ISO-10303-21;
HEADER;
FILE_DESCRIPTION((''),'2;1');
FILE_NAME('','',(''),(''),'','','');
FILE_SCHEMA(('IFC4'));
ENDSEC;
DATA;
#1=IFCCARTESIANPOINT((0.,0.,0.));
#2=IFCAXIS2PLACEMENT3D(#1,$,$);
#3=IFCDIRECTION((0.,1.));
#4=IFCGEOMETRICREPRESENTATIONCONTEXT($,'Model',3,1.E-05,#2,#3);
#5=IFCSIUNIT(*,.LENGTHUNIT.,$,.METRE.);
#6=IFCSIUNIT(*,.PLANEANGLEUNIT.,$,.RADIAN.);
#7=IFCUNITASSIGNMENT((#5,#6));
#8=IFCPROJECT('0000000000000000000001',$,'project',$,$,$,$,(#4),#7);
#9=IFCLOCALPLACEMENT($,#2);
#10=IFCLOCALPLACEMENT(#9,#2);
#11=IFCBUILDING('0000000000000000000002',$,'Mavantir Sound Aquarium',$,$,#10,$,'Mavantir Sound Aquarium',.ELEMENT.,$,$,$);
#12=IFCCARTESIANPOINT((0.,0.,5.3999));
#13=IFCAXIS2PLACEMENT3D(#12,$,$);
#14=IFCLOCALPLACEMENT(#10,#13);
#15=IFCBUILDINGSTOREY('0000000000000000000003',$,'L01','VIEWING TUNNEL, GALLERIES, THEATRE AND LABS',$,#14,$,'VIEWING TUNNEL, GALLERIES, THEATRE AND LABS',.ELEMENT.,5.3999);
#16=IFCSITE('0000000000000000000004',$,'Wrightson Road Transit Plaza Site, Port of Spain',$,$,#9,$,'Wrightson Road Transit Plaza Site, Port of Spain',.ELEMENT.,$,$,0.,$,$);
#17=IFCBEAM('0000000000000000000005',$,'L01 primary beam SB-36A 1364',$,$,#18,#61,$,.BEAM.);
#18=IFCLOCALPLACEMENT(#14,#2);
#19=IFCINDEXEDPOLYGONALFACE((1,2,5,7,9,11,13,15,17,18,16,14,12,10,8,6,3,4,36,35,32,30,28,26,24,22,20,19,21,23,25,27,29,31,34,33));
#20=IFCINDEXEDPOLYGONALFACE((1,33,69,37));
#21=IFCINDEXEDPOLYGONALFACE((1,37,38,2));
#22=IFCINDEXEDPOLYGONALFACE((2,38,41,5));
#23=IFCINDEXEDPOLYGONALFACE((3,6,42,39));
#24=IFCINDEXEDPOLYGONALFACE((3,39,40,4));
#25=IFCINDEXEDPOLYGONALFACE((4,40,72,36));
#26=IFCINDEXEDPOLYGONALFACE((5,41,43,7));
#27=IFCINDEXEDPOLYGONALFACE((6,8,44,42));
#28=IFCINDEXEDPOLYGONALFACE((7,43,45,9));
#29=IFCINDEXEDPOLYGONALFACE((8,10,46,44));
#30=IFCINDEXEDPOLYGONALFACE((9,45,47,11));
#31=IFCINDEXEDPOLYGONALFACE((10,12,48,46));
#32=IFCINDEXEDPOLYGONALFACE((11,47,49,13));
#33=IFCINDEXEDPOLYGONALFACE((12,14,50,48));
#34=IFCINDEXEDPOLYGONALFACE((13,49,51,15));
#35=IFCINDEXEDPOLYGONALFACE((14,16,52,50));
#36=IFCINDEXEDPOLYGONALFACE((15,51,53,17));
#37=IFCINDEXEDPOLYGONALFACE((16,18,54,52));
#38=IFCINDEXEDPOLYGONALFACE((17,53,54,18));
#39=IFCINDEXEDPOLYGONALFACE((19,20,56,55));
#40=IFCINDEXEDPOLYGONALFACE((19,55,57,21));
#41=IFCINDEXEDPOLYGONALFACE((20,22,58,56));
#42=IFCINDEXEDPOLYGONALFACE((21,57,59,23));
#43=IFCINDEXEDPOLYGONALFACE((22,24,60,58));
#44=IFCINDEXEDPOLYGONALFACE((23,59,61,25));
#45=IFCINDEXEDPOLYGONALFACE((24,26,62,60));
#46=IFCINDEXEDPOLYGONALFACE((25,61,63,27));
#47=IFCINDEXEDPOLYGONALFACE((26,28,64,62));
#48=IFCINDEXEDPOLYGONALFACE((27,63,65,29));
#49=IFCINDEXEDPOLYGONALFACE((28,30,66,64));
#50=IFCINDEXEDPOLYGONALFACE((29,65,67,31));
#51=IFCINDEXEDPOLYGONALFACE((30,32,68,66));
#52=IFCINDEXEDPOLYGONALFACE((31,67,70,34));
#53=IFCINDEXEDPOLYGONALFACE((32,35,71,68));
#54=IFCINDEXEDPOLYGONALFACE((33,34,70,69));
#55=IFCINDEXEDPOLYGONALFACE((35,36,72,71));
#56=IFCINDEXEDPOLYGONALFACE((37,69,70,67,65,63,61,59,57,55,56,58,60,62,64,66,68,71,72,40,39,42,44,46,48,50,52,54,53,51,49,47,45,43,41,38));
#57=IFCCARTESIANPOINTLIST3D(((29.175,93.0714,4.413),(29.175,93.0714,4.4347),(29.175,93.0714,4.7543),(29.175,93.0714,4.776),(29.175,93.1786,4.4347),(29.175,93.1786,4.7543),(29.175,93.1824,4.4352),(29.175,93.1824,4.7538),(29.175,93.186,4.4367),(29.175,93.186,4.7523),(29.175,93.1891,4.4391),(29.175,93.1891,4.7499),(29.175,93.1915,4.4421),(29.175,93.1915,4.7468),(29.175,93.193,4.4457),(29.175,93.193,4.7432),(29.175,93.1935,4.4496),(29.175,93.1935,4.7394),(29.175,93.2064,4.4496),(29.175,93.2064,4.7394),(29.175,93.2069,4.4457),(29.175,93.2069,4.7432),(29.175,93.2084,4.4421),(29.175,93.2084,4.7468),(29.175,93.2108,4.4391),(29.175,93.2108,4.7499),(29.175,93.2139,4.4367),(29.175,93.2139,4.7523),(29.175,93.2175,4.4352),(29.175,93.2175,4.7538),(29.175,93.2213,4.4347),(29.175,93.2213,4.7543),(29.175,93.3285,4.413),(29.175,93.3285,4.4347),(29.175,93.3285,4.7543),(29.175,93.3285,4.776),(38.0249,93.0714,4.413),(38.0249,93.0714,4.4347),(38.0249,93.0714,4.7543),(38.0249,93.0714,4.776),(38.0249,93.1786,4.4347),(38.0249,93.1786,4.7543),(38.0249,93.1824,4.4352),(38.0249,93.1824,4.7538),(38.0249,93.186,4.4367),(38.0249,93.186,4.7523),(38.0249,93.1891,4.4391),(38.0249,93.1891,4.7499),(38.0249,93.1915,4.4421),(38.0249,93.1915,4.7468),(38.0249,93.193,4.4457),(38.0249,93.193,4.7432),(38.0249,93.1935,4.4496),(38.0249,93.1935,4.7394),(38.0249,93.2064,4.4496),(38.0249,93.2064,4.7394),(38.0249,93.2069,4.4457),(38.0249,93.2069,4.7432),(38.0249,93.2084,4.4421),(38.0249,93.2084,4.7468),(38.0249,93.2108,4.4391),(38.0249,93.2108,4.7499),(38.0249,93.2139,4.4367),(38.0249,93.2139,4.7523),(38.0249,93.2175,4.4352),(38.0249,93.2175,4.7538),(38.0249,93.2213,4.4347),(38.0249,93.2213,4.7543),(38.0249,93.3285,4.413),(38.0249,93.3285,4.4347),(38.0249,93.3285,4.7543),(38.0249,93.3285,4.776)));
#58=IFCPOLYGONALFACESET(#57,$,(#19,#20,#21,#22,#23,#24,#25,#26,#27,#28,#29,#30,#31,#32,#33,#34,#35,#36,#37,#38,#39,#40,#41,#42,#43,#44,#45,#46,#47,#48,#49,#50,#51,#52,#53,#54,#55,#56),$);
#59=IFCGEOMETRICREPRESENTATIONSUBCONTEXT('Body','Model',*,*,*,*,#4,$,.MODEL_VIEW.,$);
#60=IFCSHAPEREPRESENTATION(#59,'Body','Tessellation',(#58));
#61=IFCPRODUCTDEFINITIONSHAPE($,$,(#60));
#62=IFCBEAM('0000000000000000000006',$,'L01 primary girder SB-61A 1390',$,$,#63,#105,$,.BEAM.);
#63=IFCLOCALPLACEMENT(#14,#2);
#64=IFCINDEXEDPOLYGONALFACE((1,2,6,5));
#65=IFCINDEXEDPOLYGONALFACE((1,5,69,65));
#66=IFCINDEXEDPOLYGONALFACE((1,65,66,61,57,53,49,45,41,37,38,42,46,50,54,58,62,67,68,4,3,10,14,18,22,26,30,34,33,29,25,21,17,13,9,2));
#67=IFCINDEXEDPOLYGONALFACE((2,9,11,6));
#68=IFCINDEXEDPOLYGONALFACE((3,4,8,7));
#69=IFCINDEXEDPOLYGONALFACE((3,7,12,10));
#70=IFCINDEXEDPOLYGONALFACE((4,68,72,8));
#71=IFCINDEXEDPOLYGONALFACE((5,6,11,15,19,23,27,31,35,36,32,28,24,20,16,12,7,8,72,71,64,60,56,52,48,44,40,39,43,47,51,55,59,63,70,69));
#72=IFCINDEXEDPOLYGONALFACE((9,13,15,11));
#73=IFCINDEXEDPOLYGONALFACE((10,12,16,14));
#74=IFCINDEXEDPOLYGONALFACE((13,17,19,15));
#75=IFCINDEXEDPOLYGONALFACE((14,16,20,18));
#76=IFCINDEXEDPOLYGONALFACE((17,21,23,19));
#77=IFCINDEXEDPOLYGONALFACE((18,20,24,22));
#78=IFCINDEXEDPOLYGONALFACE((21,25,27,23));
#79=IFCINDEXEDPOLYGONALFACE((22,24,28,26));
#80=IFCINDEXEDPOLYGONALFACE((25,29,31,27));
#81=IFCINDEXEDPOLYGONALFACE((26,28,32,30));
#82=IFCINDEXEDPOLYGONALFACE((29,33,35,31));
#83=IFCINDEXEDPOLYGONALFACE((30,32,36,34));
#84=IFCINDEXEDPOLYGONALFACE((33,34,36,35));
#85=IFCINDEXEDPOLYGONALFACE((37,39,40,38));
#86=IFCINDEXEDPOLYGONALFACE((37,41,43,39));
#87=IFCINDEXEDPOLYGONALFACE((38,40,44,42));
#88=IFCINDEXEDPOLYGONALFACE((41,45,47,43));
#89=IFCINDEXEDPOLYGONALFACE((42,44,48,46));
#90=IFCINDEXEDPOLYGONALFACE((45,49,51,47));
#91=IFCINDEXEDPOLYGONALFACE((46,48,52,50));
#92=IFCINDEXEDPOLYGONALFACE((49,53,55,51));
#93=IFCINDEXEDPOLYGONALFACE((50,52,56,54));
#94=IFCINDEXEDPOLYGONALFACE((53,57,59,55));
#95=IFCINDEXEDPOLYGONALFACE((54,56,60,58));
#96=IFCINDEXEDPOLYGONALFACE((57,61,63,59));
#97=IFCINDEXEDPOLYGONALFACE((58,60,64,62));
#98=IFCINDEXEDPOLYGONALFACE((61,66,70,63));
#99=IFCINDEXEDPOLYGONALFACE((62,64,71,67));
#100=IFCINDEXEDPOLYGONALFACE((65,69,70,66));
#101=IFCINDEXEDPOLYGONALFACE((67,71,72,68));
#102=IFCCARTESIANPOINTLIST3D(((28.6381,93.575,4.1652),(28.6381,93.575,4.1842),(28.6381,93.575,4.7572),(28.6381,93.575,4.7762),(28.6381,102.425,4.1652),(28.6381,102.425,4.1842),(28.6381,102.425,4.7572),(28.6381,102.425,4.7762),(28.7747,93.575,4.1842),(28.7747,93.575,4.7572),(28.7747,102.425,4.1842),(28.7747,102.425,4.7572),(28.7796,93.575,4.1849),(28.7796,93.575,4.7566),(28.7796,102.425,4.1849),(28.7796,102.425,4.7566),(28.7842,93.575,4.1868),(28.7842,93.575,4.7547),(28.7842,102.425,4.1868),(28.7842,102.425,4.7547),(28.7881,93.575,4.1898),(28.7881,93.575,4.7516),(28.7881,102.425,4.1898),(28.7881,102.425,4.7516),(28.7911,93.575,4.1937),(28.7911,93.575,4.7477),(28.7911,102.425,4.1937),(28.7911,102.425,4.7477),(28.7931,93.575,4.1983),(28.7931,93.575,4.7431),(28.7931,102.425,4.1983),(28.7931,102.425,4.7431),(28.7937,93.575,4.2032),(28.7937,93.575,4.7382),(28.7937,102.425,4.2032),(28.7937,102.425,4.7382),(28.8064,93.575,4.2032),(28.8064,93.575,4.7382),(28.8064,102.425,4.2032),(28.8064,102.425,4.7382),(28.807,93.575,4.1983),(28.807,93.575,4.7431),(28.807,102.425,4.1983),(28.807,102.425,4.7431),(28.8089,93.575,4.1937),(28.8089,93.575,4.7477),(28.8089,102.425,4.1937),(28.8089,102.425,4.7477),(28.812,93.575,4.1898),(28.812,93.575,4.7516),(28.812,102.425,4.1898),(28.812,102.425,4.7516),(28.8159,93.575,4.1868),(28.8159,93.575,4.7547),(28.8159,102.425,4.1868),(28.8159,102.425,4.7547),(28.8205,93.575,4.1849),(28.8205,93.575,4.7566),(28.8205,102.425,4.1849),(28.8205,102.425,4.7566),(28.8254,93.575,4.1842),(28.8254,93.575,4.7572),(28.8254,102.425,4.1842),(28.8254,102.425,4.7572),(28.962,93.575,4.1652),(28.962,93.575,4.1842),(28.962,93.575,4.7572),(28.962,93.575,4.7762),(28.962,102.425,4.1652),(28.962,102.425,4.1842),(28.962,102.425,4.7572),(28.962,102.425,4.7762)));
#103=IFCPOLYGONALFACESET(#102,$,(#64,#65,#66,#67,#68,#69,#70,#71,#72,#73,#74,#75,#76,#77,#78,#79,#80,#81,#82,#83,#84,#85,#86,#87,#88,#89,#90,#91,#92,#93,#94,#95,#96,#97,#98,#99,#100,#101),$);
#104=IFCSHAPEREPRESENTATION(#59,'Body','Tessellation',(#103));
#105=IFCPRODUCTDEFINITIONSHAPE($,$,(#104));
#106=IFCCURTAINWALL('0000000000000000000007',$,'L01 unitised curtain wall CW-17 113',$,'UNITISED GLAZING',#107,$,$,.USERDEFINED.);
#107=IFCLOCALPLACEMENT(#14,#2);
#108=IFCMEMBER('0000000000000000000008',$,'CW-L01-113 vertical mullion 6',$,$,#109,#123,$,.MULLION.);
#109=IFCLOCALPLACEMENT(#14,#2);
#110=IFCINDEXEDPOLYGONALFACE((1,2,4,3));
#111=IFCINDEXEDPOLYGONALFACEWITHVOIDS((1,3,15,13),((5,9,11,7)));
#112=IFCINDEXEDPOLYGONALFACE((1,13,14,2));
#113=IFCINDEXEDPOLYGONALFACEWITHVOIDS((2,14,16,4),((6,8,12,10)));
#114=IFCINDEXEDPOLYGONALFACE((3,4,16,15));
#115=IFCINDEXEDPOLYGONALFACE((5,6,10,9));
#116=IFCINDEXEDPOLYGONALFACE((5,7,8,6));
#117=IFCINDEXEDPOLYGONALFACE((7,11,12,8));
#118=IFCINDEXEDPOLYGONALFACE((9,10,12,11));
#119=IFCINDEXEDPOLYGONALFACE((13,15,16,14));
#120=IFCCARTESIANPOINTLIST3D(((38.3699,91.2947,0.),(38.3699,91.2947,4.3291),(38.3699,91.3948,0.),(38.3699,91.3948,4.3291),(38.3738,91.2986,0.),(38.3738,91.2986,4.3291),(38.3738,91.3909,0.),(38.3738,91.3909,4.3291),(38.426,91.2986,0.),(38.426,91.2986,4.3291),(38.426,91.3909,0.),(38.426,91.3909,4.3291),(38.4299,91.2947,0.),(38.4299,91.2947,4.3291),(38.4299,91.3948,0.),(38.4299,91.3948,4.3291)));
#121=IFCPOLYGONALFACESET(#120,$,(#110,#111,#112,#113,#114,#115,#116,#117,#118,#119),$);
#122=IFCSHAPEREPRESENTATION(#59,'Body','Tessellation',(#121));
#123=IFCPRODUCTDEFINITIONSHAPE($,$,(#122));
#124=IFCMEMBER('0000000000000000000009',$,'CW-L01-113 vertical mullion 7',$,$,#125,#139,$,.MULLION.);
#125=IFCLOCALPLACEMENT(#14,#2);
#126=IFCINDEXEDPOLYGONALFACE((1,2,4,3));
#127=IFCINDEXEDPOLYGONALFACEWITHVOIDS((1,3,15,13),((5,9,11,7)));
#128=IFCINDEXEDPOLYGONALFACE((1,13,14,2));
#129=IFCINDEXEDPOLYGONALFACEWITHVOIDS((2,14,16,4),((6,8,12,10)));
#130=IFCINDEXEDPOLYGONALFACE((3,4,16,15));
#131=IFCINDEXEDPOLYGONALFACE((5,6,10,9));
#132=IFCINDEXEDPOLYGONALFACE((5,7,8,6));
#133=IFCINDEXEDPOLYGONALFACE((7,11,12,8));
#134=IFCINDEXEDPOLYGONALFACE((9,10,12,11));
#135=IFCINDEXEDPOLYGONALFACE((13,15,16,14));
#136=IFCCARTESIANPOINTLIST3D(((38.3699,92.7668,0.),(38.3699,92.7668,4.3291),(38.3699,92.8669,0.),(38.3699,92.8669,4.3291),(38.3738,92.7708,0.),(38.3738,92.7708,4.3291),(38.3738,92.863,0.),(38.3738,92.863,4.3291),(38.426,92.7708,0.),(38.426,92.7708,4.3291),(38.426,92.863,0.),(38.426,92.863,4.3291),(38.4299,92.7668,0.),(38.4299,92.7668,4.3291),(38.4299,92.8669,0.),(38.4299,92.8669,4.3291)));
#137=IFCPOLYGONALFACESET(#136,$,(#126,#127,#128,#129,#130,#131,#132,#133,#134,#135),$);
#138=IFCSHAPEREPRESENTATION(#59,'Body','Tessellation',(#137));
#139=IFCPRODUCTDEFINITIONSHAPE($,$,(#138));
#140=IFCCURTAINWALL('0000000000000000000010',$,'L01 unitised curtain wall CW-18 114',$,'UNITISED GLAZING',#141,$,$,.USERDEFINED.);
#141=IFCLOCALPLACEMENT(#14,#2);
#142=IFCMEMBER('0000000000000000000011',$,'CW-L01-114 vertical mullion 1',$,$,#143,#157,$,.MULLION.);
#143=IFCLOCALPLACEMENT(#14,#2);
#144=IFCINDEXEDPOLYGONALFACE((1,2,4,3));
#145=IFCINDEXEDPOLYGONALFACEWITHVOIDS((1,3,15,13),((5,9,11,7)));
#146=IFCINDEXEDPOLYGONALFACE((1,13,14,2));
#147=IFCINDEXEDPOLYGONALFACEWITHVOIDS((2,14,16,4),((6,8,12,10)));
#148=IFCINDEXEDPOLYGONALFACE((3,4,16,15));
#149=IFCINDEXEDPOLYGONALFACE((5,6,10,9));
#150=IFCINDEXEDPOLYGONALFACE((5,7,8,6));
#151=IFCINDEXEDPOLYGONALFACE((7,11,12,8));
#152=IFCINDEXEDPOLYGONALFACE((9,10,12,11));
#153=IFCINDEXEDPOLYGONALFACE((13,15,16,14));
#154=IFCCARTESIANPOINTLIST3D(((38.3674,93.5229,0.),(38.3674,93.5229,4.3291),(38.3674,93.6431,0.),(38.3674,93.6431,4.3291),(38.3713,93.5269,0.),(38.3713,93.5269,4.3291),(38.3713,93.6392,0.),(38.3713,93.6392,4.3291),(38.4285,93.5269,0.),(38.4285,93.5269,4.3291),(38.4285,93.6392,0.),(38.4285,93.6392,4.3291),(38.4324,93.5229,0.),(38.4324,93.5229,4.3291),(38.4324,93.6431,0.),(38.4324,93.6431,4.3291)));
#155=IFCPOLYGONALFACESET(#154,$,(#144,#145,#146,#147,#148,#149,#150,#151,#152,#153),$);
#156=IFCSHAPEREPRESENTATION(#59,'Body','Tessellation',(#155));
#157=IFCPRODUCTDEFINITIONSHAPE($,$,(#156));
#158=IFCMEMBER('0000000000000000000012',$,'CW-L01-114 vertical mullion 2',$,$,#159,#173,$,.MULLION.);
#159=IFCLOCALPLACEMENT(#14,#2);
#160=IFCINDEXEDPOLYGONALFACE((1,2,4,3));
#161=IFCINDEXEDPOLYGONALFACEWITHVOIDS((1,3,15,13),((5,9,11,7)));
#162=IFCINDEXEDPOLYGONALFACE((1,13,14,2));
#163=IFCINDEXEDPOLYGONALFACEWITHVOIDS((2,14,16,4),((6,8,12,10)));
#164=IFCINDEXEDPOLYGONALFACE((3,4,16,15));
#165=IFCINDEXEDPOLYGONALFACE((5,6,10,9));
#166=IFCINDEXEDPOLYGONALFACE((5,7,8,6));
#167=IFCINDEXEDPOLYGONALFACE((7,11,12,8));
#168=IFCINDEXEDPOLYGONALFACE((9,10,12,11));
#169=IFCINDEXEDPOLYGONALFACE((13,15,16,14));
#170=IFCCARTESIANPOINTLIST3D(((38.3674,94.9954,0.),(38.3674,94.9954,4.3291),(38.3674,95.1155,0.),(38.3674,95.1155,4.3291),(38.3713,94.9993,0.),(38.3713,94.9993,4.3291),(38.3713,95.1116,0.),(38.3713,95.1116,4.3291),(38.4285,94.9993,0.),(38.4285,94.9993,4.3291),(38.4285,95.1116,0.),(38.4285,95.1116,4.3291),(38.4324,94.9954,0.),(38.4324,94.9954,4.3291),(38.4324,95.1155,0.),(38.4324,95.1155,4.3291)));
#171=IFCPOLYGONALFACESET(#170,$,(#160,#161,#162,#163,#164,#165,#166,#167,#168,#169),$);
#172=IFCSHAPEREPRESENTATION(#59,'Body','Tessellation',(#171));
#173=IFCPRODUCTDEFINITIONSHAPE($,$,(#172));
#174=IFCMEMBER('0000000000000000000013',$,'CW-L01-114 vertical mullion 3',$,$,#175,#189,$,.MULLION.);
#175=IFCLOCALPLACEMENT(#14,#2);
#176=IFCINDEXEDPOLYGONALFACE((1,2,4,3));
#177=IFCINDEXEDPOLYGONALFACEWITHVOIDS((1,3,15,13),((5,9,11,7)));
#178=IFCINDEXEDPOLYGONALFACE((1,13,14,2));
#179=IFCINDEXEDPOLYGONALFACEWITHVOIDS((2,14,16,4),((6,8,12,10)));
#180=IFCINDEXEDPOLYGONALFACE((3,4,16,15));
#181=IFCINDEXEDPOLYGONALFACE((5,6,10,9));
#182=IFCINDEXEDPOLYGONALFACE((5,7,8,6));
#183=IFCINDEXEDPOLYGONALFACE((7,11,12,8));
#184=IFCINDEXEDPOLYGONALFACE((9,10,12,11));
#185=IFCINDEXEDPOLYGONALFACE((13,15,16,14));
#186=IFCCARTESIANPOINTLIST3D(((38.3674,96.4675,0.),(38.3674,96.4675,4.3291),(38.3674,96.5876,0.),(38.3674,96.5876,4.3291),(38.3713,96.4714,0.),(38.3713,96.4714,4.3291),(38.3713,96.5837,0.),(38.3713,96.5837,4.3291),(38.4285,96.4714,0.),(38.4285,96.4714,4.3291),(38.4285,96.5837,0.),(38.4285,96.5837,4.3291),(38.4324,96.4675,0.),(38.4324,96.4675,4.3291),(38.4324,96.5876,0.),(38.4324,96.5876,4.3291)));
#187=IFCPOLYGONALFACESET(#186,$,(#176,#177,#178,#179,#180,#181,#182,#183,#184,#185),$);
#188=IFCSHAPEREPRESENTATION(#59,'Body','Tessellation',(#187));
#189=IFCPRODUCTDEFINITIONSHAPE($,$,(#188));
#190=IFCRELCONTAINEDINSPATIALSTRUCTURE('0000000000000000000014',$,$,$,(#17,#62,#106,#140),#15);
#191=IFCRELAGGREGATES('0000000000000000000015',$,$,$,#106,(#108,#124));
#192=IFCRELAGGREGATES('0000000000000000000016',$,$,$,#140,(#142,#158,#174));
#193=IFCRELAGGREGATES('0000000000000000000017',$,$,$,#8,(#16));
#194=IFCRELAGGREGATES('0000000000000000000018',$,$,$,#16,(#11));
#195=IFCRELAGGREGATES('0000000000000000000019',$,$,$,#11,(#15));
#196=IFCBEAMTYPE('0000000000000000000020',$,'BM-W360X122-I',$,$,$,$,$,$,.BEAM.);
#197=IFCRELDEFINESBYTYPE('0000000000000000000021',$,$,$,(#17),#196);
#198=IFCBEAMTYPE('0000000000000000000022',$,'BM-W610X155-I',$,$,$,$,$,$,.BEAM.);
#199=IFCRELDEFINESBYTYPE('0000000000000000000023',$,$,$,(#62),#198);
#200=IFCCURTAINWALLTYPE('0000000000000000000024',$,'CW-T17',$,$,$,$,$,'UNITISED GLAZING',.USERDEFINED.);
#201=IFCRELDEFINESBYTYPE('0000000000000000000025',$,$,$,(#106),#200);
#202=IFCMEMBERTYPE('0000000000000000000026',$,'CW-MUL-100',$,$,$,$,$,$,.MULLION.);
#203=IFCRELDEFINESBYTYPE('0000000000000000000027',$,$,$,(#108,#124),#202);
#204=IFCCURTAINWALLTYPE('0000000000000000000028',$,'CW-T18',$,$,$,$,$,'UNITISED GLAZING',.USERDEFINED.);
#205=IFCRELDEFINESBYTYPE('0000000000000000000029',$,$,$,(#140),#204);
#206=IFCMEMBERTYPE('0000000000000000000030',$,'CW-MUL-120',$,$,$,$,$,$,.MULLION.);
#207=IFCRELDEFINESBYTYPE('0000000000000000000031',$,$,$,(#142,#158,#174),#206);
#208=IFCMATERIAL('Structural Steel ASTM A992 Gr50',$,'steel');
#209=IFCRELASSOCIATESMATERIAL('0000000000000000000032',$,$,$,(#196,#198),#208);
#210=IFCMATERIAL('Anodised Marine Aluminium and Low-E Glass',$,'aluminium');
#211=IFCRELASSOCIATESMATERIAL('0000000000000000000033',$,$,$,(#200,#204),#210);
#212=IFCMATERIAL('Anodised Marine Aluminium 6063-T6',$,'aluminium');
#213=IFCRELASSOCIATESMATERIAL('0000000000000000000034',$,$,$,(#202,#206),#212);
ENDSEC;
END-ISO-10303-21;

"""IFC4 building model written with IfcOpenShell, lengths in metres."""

from ifc_helpers import new_model, si_unit, direction, frame, origin, origin_2d, place, context, subcontext, project, spatial, hollow_rectangle, i_section, extrude, material, material_profile, profile_set, type_object, element, aggregate, save


model = new_model("IFC4")

# Units and contexts
model_context = context("Model", 3, precision=1e-05, world=origin(), true_north=direction((0.0, 1.0)))
body_context = subcontext(model_context, "Body", "Model", "MODEL_VIEW")
ifc_project = project(units=[si_unit("LENGTHUNIT", "METRE"), si_unit("PLANEANGLEUNIT", "RADIAN")], contexts=[model_context])

# Site, building, storey
site_placement = place(None, origin())
site = spatial("IfcSite", under=ifc_project, at=site_placement, Name="Wrightson Road Transit Plaza Site, Port of Spain", LongName="Wrightson Road Transit Plaza Site, Port of Spain", CompositionType="ELEMENT", RefElevation=0.0)
building_placement = place(site_placement, origin())
building = spatial("IfcBuilding", under=site, at=building_placement, Name="Mavantir Sound Aquarium", LongName="Mavantir Sound Aquarium", CompositionType="ELEMENT")
storey_placement = place(building_placement, frame((0.0, 0.0, 5.3999)))
storey = spatial("IfcBuildingStorey", under=building, at=storey_placement, Name="L01", Description="VIEWING TUNNEL, GALLERIES, THEATRE AND LABS", LongName="VIEWING TUNNEL, GALLERIES, THEATRE AND LABS", CompositionType="ELEMENT", Elevation=5.3999)

# Beams
ifc_material_1 = material(Name="Structural Steel ASTM A992 Gr50", Category="steel")
ifc_material_profile_1 = material_profile(ifc_material_1, i_section(OverallWidth=0.2571, OverallDepth=0.363, WebThickness=0.0129, FlangeThickness=0.0217, FilletRadius=0.0149, at=origin_2d()), Name="W360X122")
ifc_profile_set_1 = profile_set([ifc_material_profile_1], Name="Structural Steel ASTM A992 Gr50")
beam_type_1 = type_object("IfcBeamType", Name="BM-W360X122-I", PredefinedType="BEAM", material=ifc_profile_set_1)
beam_1_placement = place(storey_placement, frame((29.175, 93.2, 4.5945), z_axis=(1.0, 0.0, 0.0), x_axis=(0.0, 1.0, 0.0)))
element("IfcBeam", 1, at=beam_1_placement, inside=storey, type_object=beam_type_1, Name="L01 primary beam SB-36A 1364", PredefinedType="BEAM", context=body_context, shape_type="SweptSolid", body=[
    extrude(i_section(OverallWidth=0.2571, OverallDepth=0.363, WebThickness=0.0129, FlangeThickness=0.0217, FilletRadius=0.0149, at=origin_2d()), origin(), (0.0, 0.0, 1.0), 8.8499),
])
ifc_material_profile_2 = material_profile(ifc_material_1, i_section(OverallWidth=0.324, OverallDepth=0.6111, WebThickness=0.0127, FlangeThickness=0.019, FilletRadius=0.019, at=origin_2d()), Name="W610X155")
ifc_profile_set_2 = profile_set([ifc_material_profile_2], Name="Structural Steel ASTM A992 Gr50")
beam_type_2 = type_object("IfcBeamType", Name="BM-W610X155-I", PredefinedType="BEAM", material=ifc_profile_set_2)
beam_2_placement = place(storey_placement, frame((28.8, 93.575, 4.4707), z_axis=(0.0, 1.0, 0.0), x_axis=(-1.0, 0.0, 0.0)))
element("IfcBeam", 2, at=beam_2_placement, inside=storey, type_object=beam_type_2, Name="L01 primary girder SB-61A 1390", PredefinedType="BEAM", context=body_context, shape_type="SweptSolid", body=[
    extrude(i_section(OverallWidth=0.324, OverallDepth=0.6111, WebThickness=0.0127, FlangeThickness=0.019, FilletRadius=0.019, at=origin_2d()), origin(), (0.0, 0.0, 1.0), 8.8501),
])

# Curtain walls, members
ifc_material_2 = material(Name="Anodised Marine Aluminium and Low-E Glass", Category="aluminium")
curtain_wall_type_1 = type_object("IfcCurtainWallType", Name="CW-T17", ElementType="UNITISED GLAZING", PredefinedType="USERDEFINED", material=ifc_material_2)
curtain_wall_1_placement = place(storey_placement, origin())
curtain_wall_1 = element("IfcCurtainWall", 3, at=curtain_wall_1_placement, inside=storey, type_object=curtain_wall_type_1, Name="L01 unitised curtain wall CW-17 113", ObjectType="UNITISED GLAZING", PredefinedType="USERDEFINED")
ifc_material_3 = material(Name="Anodised Marine Aluminium 6063-T6", Category="aluminium")
ifc_material_profile_3 = material_profile(ifc_material_3, hollow_rectangle(XDim=0.0601, YDim=0.1001, WallThickness=0.0039, at=origin_2d()), Name="ALU-MULLION-100X60")
ifc_profile_set_3 = profile_set([ifc_material_profile_3], Name="Anodised Marine Aluminium 6063-T6")
member_type_1 = type_object("IfcMemberType", Name="CW-MUL-100", PredefinedType="MULLION", material=ifc_profile_set_3)
member_1_placement = place(storey_placement, frame((38.3999, 91.3447, 0.0), z_axis=(0.0, 0.0, 1.0), x_axis=(1.0, 0.0, 0.0)))
member_1 = element("IfcMember", 4, at=member_1_placement, type_object=member_type_1, Name="CW-L01-113 vertical mullion 6", PredefinedType="MULLION", context=body_context, shape_type="SweptSolid", body=[
    extrude(hollow_rectangle(XDim=0.0601, YDim=0.1001, WallThickness=0.0039, at=origin_2d()), origin(), (0.0, 0.0, 1.0), 4.3291),
])
member_2_placement = place(storey_placement, frame((38.3999, 92.8169, 0.0), z_axis=(0.0, 0.0, 1.0), x_axis=(1.0, 0.0, 0.0)))
member_2 = element("IfcMember", 5, at=member_2_placement, type_object=member_type_1, Name="CW-L01-113 vertical mullion 7", PredefinedType="MULLION", context=body_context, shape_type="SweptSolid", body=[
    extrude(hollow_rectangle(XDim=0.0601, YDim=0.1001, WallThickness=0.0039, at=origin_2d()), origin(), (0.0, 0.0, 1.0), 4.3291),
])
curtain_wall_type_2 = type_object("IfcCurtainWallType", Name="CW-T18", ElementType="UNITISED GLAZING", PredefinedType="USERDEFINED", material=ifc_material_2)
curtain_wall_2_placement = place(storey_placement, origin())
curtain_wall_2 = element("IfcCurtainWall", 6, at=curtain_wall_2_placement, inside=storey, type_object=curtain_wall_type_2, Name="L01 unitised curtain wall CW-18 114", ObjectType="UNITISED GLAZING", PredefinedType="USERDEFINED")
ifc_material_profile_4 = material_profile(ifc_material_3, hollow_rectangle(XDim=0.0649, YDim=0.1201, WallThickness=0.0039, at=origin_2d()), Name="ALU-MULLION-120X65")
ifc_profile_set_4 = profile_set([ifc_material_profile_4], Name="Anodised Marine Aluminium 6063-T6")
member_type_2 = type_object("IfcMemberType", Name="CW-MUL-120", PredefinedType="MULLION", material=ifc_profile_set_4)
member_3_placement = place(storey_placement, frame((38.3999, 93.583, 0.0), z_axis=(0.0, 0.0, 1.0), x_axis=(1.0, 0.0, 0.0)))
member_3 = element("IfcMember", 7, at=member_3_placement, type_object=member_type_2, Name="CW-L01-114 vertical mullion 1", PredefinedType="MULLION", context=body_context, shape_type="SweptSolid", body=[
    extrude(hollow_rectangle(XDim=0.0649, YDim=0.1201, WallThickness=0.0039, at=origin_2d()), origin(), (0.0, 0.0, 1.0), 4.3291),
])
member_4_placement = place(storey_placement, frame((38.3999, 95.0554, 0.0), z_axis=(0.0, 0.0, 1.0), x_axis=(1.0, 0.0, 0.0)))
member_4 = element("IfcMember", 8, at=member_4_placement, type_object=member_type_2, Name="CW-L01-114 vertical mullion 2", PredefinedType="MULLION", context=body_context, shape_type="SweptSolid", body=[
    extrude(hollow_rectangle(XDim=0.0649, YDim=0.1201, WallThickness=0.0039, at=origin_2d()), origin(), (0.0, 0.0, 1.0), 4.3291),
])
member_5_placement = place(storey_placement, frame((38.3999, 96.5276, 0.0), z_axis=(0.0, 0.0, 1.0), x_axis=(1.0, 0.0, 0.0)))
member_5 = element("IfcMember", 9, at=member_5_placement, type_object=member_type_2, Name="CW-L01-114 vertical mullion 3", PredefinedType="MULLION", context=body_context, shape_type="SweptSolid", body=[
    extrude(hollow_rectangle(XDim=0.0649, YDim=0.1201, WallThickness=0.0039, at=origin_2d()), origin(), (0.0, 0.0, 1.0), 4.3291),
])

aggregate(curtain_wall_1, [member_1, member_2])
aggregate(curtain_wall_2, [member_3, member_4, member_5])

save(model, "model.ifc")
